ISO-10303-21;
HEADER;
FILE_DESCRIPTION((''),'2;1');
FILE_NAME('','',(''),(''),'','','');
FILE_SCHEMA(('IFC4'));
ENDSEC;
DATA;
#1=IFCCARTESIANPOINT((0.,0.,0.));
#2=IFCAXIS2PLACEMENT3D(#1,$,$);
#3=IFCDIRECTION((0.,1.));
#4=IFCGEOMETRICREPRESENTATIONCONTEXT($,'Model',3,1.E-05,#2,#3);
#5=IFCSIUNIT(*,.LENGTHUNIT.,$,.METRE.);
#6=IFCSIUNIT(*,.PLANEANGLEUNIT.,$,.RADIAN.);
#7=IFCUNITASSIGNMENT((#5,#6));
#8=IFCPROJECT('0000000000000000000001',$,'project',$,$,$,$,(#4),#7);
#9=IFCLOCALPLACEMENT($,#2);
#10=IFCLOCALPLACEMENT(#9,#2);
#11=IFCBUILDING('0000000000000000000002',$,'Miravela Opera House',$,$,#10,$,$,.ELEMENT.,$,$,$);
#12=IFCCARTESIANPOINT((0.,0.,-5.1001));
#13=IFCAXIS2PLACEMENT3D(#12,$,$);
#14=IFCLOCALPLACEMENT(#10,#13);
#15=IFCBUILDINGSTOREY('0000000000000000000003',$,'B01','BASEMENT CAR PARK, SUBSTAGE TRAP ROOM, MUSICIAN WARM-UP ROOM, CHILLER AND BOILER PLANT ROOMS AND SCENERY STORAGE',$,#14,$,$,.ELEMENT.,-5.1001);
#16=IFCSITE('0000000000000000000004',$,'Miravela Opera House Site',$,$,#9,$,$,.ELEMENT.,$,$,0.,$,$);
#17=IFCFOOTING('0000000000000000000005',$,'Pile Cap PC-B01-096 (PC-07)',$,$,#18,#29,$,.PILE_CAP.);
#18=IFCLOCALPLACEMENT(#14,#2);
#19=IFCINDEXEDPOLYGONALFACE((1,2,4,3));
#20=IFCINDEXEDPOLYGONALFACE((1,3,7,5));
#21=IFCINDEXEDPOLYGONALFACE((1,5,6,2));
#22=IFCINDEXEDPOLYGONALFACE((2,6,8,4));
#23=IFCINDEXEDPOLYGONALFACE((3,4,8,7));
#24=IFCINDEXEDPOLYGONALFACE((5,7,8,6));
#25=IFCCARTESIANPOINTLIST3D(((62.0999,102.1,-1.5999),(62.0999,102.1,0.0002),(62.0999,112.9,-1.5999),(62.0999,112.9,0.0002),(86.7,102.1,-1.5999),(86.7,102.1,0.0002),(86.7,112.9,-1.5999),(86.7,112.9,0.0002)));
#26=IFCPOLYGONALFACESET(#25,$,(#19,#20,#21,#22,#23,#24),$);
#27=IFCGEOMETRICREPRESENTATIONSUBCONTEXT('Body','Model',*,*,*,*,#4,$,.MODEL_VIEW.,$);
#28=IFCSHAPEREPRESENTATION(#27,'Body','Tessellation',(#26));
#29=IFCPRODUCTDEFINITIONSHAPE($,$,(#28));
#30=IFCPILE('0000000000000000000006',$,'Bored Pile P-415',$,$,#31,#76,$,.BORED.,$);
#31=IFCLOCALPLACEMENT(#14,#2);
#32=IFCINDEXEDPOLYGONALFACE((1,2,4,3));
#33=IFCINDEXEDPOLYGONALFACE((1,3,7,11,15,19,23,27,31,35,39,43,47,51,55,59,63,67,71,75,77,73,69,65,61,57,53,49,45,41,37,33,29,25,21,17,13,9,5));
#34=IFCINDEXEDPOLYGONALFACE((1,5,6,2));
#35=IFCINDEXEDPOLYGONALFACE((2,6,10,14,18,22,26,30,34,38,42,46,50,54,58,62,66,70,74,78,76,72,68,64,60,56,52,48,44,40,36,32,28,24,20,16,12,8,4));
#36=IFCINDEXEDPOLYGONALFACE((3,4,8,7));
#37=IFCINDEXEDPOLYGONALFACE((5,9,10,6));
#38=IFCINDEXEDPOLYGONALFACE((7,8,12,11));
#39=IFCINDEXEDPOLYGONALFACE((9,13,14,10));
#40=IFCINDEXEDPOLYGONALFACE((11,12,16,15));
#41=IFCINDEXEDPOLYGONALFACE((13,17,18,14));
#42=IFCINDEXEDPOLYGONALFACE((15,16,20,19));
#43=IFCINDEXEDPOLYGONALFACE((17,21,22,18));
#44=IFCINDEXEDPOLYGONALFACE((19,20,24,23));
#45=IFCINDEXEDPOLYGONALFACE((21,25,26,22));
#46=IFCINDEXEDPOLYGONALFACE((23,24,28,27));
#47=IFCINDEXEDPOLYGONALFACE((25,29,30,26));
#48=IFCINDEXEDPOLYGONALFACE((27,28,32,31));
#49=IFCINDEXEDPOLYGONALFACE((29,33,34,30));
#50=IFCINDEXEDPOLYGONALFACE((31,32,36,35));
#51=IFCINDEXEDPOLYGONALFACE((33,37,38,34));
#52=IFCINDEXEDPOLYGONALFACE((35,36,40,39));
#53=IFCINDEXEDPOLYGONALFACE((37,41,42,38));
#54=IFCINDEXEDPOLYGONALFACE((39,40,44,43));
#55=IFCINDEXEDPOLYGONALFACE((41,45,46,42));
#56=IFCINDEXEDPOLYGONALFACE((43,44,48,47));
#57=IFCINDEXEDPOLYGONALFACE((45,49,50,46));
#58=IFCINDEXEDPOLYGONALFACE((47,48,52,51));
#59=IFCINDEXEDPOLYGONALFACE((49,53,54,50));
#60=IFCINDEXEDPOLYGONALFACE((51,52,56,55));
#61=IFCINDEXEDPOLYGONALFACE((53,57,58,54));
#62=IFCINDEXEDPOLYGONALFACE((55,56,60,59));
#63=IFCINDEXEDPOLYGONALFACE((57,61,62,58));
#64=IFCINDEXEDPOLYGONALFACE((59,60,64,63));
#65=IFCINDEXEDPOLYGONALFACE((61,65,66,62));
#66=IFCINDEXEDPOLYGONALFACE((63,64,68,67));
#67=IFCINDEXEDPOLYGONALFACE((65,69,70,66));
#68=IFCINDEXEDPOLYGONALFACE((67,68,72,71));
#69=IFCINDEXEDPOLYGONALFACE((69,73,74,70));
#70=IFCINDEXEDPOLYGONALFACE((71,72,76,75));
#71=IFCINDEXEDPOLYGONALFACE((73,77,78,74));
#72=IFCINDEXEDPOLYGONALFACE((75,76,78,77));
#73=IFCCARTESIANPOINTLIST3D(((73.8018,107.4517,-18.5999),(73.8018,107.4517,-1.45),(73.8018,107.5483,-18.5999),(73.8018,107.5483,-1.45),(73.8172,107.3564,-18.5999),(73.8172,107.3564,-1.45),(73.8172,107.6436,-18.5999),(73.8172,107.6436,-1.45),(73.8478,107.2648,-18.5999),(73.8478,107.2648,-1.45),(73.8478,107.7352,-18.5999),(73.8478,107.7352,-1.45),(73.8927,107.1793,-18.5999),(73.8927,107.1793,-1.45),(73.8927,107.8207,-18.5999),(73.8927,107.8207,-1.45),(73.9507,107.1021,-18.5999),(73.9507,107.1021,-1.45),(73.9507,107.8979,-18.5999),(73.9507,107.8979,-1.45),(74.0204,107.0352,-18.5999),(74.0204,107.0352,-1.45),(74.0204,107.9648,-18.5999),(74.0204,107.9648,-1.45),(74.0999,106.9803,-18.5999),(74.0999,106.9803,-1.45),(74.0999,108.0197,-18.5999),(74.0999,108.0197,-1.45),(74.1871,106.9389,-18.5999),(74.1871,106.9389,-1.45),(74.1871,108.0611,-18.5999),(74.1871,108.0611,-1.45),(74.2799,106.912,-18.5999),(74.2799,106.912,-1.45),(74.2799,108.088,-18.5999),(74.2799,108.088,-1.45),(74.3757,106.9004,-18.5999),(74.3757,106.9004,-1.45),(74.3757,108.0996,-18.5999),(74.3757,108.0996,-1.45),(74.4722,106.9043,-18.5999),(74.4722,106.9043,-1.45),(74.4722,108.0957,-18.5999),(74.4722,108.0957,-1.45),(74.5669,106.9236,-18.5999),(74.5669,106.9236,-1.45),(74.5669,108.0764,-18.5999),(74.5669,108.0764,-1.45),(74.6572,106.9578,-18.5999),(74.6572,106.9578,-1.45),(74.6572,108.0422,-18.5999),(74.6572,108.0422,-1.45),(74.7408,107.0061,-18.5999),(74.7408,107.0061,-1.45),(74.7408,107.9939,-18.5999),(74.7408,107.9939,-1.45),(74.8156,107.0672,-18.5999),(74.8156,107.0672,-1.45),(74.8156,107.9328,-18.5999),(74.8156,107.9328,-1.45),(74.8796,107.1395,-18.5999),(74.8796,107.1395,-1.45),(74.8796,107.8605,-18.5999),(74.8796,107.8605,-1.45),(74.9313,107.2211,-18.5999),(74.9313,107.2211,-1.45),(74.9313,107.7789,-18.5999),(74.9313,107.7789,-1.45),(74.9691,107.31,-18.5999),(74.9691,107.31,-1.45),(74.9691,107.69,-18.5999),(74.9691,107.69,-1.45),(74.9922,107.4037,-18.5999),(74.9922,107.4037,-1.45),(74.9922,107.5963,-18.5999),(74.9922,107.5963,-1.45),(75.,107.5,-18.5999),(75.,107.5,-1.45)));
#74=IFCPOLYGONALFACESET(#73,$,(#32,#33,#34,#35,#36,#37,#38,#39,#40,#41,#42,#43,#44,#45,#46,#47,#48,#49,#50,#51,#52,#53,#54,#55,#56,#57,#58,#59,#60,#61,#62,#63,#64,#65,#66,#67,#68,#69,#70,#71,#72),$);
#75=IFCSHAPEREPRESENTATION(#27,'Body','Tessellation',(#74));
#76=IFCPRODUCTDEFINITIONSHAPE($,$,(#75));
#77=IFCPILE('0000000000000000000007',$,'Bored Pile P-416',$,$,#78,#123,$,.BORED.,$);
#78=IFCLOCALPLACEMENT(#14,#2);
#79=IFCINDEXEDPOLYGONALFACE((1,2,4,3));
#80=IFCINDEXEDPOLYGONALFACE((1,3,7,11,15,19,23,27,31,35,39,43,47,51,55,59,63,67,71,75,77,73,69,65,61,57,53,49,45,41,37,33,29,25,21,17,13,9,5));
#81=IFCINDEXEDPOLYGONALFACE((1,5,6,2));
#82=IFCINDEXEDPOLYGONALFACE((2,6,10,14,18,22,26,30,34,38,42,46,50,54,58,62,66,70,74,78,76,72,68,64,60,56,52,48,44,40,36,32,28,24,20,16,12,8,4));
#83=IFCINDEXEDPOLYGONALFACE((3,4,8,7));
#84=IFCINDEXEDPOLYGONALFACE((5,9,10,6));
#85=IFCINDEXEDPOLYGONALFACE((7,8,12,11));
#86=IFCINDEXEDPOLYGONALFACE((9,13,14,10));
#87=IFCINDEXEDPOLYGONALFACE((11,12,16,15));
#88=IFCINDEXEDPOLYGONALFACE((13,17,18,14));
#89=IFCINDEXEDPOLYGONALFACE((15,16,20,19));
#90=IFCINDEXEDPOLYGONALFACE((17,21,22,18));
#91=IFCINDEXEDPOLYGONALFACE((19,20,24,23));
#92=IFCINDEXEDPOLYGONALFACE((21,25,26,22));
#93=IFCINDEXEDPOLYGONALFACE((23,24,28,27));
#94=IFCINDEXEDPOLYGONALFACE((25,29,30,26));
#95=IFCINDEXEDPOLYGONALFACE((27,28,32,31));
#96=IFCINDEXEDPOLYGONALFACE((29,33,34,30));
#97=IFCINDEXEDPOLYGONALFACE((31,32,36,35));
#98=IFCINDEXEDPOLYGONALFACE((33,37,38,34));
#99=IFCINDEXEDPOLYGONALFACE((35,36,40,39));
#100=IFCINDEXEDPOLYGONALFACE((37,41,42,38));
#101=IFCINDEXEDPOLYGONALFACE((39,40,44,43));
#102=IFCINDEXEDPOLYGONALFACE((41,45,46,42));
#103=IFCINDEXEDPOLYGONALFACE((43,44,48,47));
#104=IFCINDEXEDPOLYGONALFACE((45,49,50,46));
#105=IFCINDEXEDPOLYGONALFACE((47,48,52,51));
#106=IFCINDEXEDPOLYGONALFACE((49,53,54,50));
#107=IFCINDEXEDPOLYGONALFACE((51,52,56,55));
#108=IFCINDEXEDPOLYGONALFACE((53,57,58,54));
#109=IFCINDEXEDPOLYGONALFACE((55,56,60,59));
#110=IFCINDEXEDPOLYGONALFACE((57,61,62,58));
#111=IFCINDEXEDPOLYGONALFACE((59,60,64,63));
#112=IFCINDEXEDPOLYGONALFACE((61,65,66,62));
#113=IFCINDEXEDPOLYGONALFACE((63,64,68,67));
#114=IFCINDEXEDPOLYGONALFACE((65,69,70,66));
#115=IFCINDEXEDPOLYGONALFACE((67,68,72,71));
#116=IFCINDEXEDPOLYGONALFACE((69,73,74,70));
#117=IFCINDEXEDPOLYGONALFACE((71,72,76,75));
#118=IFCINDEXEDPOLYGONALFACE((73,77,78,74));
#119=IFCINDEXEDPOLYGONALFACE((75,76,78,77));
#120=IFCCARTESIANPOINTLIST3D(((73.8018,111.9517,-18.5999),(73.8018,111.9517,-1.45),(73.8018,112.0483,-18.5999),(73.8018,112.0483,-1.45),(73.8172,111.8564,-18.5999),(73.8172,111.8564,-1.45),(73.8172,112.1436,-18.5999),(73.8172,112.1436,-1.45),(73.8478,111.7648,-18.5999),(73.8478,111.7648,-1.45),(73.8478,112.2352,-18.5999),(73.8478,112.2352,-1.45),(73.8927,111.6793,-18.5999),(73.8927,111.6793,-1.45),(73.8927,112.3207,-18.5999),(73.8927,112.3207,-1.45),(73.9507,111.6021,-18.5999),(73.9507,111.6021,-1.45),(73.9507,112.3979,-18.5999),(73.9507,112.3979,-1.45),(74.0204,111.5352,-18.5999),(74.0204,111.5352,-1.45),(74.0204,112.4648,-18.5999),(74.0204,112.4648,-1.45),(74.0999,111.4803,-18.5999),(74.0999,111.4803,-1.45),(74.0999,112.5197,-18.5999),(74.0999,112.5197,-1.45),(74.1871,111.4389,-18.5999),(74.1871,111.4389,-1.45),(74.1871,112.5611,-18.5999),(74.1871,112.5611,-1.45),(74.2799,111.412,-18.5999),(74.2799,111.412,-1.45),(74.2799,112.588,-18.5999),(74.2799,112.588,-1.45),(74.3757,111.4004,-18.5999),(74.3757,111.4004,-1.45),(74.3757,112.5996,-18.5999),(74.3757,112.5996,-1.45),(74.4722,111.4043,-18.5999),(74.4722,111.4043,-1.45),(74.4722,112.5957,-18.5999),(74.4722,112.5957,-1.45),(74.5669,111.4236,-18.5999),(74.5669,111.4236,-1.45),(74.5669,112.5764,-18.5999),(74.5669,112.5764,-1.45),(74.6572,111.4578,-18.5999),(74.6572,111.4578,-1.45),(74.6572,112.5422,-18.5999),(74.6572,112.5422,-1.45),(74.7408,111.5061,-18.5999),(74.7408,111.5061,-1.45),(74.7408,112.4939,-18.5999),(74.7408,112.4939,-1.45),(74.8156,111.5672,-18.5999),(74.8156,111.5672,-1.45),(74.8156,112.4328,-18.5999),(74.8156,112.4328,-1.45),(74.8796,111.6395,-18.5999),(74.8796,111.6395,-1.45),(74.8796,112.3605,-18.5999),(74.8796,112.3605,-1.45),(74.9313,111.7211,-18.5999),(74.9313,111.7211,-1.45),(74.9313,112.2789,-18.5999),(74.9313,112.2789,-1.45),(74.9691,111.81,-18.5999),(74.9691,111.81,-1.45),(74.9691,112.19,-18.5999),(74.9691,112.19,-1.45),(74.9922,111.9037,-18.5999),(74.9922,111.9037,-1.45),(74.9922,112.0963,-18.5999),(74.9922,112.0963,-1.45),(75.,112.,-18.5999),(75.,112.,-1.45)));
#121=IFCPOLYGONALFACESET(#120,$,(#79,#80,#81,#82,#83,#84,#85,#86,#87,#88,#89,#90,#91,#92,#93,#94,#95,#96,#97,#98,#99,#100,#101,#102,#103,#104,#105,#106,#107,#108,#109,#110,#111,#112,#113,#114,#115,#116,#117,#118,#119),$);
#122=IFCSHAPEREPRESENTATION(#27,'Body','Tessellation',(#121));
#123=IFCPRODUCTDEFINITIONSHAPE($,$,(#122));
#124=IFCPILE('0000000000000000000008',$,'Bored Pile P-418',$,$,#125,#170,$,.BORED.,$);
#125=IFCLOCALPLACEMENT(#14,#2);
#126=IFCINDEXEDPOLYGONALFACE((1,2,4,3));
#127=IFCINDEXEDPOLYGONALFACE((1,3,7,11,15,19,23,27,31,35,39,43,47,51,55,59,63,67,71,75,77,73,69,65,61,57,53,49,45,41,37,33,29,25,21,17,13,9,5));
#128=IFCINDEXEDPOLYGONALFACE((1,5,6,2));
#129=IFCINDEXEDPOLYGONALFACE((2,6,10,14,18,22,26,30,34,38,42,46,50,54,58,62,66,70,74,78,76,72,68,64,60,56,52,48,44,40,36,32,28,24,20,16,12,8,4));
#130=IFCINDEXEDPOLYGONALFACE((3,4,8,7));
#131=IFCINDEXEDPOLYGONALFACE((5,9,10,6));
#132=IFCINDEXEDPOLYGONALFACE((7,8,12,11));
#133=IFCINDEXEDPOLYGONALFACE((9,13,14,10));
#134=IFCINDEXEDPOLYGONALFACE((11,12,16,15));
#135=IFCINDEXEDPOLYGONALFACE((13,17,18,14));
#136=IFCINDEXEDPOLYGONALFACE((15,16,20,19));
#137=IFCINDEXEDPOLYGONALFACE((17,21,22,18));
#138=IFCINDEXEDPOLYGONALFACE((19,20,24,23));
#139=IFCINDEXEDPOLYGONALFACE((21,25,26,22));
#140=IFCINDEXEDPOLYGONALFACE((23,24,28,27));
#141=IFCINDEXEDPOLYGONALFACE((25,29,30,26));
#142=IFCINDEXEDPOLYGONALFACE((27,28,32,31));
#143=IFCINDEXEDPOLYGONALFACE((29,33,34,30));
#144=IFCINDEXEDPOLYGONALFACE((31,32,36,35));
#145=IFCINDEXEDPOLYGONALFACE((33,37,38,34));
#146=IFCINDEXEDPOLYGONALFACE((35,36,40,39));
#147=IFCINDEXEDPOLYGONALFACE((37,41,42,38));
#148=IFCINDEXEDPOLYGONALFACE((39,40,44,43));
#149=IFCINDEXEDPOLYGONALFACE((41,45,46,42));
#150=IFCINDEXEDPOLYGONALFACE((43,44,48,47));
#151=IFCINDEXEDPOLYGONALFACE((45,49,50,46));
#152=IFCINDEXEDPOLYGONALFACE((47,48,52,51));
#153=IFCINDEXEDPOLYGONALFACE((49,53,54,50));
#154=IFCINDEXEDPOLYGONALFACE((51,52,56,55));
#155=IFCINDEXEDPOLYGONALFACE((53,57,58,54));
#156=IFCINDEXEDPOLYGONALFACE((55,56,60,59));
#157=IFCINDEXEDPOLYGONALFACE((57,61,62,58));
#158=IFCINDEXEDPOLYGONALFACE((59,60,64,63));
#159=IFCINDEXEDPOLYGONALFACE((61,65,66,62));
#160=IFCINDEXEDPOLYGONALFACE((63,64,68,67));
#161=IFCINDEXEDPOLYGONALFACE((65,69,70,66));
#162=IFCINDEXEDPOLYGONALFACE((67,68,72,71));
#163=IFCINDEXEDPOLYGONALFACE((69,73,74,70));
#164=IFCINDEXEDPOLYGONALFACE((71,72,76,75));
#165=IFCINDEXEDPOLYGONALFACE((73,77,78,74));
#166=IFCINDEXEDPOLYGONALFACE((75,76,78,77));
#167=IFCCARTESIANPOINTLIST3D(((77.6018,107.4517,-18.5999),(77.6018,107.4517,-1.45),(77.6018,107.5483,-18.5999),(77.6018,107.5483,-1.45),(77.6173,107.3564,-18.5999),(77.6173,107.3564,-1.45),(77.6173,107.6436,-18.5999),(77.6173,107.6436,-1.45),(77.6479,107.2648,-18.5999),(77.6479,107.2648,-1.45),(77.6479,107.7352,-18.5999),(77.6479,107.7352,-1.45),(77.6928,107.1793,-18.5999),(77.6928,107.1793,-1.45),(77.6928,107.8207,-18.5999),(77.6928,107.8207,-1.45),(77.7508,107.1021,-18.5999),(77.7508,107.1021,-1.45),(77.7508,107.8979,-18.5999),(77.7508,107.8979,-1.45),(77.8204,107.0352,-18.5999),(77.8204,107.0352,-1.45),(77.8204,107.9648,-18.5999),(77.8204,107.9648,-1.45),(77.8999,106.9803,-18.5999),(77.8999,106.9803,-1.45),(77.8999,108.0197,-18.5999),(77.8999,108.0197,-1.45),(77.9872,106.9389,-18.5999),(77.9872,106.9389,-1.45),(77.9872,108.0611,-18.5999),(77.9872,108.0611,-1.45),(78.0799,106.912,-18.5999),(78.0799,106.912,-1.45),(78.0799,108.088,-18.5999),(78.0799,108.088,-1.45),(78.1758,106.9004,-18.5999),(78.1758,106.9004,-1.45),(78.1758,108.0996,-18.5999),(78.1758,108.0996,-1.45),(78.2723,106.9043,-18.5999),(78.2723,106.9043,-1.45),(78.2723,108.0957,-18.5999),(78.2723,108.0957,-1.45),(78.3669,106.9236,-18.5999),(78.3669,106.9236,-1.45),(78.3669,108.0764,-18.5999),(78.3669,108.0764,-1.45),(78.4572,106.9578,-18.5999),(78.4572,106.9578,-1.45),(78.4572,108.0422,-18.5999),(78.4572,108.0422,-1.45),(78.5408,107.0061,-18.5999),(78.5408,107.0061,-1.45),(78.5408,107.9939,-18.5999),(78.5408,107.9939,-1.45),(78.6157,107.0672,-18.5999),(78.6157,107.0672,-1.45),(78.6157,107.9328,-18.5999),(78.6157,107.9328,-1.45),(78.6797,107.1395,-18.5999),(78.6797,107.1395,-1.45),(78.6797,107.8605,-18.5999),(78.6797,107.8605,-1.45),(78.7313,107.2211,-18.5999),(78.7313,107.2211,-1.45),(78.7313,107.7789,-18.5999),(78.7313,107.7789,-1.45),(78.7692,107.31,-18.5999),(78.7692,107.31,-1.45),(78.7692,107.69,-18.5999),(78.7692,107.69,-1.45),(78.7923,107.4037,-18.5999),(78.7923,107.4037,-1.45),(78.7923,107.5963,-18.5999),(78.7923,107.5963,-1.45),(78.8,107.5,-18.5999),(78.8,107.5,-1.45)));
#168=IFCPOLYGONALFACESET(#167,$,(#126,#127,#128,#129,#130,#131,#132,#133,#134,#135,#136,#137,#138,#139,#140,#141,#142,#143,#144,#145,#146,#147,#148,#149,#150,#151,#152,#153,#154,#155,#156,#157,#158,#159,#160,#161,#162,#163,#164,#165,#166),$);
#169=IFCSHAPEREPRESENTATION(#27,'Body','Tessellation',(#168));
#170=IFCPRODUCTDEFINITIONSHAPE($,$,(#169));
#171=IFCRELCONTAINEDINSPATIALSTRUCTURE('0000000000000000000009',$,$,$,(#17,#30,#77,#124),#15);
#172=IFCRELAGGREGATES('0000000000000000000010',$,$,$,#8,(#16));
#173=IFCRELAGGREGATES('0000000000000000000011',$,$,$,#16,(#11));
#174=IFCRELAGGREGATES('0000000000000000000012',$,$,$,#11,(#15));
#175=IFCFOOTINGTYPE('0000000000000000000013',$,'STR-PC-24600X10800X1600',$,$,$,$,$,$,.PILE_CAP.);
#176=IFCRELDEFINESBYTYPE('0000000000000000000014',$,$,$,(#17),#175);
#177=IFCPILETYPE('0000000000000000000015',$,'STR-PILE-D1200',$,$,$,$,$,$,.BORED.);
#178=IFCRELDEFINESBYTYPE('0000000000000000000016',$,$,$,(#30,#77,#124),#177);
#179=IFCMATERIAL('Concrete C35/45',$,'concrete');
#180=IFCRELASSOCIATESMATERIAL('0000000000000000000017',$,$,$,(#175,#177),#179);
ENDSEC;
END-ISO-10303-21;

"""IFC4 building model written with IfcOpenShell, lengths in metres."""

from ifc_helpers import new_model, si_unit, direction, frame, origin, origin_2d, place, context, subcontext, project, spatial, rectangle, circle, extrude, material, material_profile, profile_set, type_object, element, save


model = new_model("IFC4")

# Units and contexts
model_context = context("Model", 3, precision=1e-05, world=origin(), true_north=direction((0.0, 1.0)))
body_context = subcontext(model_context, "Body", "Model", "MODEL_VIEW")
ifc_project = project(units=[si_unit("LENGTHUNIT", "METRE"), si_unit("PLANEANGLEUNIT", "RADIAN")], contexts=[model_context])

# Site, building, storey
site_placement = place(None, origin())
site = spatial("IfcSite", under=ifc_project, at=site_placement, Name="Miravela Opera House Site", CompositionType="ELEMENT", RefElevation=0.0)
building_placement = place(site_placement, origin())
building = spatial("IfcBuilding", under=site, at=building_placement, Name="Miravela Opera House", CompositionType="ELEMENT")
storey_placement = place(building_placement, frame((0.0, 0.0, -5.1001)))
storey = spatial("IfcBuildingStorey", under=building, at=storey_placement, Name="B01", Description="BASEMENT CAR PARK, SUBSTAGE TRAP ROOM, MUSICIAN WARM-UP ROOM, CHILLER AND BOILER PLANT ROOMS AND SCENERY STORAGE", CompositionType="ELEMENT", Elevation=-5.1001)

# Footing
ifc_material_1 = material(Name="Concrete C35/45", Category="concrete")
footing_type = type_object("IfcFootingType", Name="STR-PC-24600X10800X1600", PredefinedType="PILE_CAP", material=ifc_material_1)
footing_placement = place(storey_placement, frame((74.3999, 107.5, -1.5999), z_axis=(0.0, 0.0, 1.0), x_axis=(1.0, 0.0, 0.0)))
element("IfcFooting", 1, at=footing_placement, inside=storey, type_object=footing_type, Name="Pile Cap PC-B01-096 (PC-07)", PredefinedType="PILE_CAP", context=body_context, shape_type="SweptSolid", body=[
    extrude(rectangle(XDim=24.6001, YDim=10.8, at=origin_2d()), origin(), (0.0, 0.0, 1.0), 1.6001),
])

# Piles
ifc_material_profile_1 = material_profile(ifc_material_1, circle(Radius=0.6001, at=origin_2d()), Name="PILE-D1200")
ifc_profile_set_1 = profile_set([ifc_material_profile_1])
pile_type = type_object("IfcPileType", Name="STR-PILE-D1200", PredefinedType="BORED", material=ifc_profile_set_1)
for number, where, z_axis, x_axis, name in (
    (2, (74.3999, 107.5, -1.45), (0.0, 0.0, -1.0), (1.0, 0.0, 0.0), "Bored Pile P-415"),
    (3, (74.3999, 112.0, -1.45), (0.0, 0.0, -1.0), (1.0, 0.0, 0.0), "Bored Pile P-416"),
    (4, (78.2, 107.5, -1.45), (0.0, 0.0, -1.0), (1.0, 0.0, 0.0), "Bored Pile P-418"),
):
    element("IfcPile", number, at=place(storey_placement, frame(where, z_axis=z_axis, x_axis=x_axis)), inside=storey, type_object=pile_type, Name=name, PredefinedType="BORED", context=body_context, shape_type="SweptSolid", body=[
        extrude(circle(Radius=0.6001, at=origin_2d()), origin(), (0.0, 0.0, 1.0), 17.1499),
    ])

save(model, "model.ifc")
